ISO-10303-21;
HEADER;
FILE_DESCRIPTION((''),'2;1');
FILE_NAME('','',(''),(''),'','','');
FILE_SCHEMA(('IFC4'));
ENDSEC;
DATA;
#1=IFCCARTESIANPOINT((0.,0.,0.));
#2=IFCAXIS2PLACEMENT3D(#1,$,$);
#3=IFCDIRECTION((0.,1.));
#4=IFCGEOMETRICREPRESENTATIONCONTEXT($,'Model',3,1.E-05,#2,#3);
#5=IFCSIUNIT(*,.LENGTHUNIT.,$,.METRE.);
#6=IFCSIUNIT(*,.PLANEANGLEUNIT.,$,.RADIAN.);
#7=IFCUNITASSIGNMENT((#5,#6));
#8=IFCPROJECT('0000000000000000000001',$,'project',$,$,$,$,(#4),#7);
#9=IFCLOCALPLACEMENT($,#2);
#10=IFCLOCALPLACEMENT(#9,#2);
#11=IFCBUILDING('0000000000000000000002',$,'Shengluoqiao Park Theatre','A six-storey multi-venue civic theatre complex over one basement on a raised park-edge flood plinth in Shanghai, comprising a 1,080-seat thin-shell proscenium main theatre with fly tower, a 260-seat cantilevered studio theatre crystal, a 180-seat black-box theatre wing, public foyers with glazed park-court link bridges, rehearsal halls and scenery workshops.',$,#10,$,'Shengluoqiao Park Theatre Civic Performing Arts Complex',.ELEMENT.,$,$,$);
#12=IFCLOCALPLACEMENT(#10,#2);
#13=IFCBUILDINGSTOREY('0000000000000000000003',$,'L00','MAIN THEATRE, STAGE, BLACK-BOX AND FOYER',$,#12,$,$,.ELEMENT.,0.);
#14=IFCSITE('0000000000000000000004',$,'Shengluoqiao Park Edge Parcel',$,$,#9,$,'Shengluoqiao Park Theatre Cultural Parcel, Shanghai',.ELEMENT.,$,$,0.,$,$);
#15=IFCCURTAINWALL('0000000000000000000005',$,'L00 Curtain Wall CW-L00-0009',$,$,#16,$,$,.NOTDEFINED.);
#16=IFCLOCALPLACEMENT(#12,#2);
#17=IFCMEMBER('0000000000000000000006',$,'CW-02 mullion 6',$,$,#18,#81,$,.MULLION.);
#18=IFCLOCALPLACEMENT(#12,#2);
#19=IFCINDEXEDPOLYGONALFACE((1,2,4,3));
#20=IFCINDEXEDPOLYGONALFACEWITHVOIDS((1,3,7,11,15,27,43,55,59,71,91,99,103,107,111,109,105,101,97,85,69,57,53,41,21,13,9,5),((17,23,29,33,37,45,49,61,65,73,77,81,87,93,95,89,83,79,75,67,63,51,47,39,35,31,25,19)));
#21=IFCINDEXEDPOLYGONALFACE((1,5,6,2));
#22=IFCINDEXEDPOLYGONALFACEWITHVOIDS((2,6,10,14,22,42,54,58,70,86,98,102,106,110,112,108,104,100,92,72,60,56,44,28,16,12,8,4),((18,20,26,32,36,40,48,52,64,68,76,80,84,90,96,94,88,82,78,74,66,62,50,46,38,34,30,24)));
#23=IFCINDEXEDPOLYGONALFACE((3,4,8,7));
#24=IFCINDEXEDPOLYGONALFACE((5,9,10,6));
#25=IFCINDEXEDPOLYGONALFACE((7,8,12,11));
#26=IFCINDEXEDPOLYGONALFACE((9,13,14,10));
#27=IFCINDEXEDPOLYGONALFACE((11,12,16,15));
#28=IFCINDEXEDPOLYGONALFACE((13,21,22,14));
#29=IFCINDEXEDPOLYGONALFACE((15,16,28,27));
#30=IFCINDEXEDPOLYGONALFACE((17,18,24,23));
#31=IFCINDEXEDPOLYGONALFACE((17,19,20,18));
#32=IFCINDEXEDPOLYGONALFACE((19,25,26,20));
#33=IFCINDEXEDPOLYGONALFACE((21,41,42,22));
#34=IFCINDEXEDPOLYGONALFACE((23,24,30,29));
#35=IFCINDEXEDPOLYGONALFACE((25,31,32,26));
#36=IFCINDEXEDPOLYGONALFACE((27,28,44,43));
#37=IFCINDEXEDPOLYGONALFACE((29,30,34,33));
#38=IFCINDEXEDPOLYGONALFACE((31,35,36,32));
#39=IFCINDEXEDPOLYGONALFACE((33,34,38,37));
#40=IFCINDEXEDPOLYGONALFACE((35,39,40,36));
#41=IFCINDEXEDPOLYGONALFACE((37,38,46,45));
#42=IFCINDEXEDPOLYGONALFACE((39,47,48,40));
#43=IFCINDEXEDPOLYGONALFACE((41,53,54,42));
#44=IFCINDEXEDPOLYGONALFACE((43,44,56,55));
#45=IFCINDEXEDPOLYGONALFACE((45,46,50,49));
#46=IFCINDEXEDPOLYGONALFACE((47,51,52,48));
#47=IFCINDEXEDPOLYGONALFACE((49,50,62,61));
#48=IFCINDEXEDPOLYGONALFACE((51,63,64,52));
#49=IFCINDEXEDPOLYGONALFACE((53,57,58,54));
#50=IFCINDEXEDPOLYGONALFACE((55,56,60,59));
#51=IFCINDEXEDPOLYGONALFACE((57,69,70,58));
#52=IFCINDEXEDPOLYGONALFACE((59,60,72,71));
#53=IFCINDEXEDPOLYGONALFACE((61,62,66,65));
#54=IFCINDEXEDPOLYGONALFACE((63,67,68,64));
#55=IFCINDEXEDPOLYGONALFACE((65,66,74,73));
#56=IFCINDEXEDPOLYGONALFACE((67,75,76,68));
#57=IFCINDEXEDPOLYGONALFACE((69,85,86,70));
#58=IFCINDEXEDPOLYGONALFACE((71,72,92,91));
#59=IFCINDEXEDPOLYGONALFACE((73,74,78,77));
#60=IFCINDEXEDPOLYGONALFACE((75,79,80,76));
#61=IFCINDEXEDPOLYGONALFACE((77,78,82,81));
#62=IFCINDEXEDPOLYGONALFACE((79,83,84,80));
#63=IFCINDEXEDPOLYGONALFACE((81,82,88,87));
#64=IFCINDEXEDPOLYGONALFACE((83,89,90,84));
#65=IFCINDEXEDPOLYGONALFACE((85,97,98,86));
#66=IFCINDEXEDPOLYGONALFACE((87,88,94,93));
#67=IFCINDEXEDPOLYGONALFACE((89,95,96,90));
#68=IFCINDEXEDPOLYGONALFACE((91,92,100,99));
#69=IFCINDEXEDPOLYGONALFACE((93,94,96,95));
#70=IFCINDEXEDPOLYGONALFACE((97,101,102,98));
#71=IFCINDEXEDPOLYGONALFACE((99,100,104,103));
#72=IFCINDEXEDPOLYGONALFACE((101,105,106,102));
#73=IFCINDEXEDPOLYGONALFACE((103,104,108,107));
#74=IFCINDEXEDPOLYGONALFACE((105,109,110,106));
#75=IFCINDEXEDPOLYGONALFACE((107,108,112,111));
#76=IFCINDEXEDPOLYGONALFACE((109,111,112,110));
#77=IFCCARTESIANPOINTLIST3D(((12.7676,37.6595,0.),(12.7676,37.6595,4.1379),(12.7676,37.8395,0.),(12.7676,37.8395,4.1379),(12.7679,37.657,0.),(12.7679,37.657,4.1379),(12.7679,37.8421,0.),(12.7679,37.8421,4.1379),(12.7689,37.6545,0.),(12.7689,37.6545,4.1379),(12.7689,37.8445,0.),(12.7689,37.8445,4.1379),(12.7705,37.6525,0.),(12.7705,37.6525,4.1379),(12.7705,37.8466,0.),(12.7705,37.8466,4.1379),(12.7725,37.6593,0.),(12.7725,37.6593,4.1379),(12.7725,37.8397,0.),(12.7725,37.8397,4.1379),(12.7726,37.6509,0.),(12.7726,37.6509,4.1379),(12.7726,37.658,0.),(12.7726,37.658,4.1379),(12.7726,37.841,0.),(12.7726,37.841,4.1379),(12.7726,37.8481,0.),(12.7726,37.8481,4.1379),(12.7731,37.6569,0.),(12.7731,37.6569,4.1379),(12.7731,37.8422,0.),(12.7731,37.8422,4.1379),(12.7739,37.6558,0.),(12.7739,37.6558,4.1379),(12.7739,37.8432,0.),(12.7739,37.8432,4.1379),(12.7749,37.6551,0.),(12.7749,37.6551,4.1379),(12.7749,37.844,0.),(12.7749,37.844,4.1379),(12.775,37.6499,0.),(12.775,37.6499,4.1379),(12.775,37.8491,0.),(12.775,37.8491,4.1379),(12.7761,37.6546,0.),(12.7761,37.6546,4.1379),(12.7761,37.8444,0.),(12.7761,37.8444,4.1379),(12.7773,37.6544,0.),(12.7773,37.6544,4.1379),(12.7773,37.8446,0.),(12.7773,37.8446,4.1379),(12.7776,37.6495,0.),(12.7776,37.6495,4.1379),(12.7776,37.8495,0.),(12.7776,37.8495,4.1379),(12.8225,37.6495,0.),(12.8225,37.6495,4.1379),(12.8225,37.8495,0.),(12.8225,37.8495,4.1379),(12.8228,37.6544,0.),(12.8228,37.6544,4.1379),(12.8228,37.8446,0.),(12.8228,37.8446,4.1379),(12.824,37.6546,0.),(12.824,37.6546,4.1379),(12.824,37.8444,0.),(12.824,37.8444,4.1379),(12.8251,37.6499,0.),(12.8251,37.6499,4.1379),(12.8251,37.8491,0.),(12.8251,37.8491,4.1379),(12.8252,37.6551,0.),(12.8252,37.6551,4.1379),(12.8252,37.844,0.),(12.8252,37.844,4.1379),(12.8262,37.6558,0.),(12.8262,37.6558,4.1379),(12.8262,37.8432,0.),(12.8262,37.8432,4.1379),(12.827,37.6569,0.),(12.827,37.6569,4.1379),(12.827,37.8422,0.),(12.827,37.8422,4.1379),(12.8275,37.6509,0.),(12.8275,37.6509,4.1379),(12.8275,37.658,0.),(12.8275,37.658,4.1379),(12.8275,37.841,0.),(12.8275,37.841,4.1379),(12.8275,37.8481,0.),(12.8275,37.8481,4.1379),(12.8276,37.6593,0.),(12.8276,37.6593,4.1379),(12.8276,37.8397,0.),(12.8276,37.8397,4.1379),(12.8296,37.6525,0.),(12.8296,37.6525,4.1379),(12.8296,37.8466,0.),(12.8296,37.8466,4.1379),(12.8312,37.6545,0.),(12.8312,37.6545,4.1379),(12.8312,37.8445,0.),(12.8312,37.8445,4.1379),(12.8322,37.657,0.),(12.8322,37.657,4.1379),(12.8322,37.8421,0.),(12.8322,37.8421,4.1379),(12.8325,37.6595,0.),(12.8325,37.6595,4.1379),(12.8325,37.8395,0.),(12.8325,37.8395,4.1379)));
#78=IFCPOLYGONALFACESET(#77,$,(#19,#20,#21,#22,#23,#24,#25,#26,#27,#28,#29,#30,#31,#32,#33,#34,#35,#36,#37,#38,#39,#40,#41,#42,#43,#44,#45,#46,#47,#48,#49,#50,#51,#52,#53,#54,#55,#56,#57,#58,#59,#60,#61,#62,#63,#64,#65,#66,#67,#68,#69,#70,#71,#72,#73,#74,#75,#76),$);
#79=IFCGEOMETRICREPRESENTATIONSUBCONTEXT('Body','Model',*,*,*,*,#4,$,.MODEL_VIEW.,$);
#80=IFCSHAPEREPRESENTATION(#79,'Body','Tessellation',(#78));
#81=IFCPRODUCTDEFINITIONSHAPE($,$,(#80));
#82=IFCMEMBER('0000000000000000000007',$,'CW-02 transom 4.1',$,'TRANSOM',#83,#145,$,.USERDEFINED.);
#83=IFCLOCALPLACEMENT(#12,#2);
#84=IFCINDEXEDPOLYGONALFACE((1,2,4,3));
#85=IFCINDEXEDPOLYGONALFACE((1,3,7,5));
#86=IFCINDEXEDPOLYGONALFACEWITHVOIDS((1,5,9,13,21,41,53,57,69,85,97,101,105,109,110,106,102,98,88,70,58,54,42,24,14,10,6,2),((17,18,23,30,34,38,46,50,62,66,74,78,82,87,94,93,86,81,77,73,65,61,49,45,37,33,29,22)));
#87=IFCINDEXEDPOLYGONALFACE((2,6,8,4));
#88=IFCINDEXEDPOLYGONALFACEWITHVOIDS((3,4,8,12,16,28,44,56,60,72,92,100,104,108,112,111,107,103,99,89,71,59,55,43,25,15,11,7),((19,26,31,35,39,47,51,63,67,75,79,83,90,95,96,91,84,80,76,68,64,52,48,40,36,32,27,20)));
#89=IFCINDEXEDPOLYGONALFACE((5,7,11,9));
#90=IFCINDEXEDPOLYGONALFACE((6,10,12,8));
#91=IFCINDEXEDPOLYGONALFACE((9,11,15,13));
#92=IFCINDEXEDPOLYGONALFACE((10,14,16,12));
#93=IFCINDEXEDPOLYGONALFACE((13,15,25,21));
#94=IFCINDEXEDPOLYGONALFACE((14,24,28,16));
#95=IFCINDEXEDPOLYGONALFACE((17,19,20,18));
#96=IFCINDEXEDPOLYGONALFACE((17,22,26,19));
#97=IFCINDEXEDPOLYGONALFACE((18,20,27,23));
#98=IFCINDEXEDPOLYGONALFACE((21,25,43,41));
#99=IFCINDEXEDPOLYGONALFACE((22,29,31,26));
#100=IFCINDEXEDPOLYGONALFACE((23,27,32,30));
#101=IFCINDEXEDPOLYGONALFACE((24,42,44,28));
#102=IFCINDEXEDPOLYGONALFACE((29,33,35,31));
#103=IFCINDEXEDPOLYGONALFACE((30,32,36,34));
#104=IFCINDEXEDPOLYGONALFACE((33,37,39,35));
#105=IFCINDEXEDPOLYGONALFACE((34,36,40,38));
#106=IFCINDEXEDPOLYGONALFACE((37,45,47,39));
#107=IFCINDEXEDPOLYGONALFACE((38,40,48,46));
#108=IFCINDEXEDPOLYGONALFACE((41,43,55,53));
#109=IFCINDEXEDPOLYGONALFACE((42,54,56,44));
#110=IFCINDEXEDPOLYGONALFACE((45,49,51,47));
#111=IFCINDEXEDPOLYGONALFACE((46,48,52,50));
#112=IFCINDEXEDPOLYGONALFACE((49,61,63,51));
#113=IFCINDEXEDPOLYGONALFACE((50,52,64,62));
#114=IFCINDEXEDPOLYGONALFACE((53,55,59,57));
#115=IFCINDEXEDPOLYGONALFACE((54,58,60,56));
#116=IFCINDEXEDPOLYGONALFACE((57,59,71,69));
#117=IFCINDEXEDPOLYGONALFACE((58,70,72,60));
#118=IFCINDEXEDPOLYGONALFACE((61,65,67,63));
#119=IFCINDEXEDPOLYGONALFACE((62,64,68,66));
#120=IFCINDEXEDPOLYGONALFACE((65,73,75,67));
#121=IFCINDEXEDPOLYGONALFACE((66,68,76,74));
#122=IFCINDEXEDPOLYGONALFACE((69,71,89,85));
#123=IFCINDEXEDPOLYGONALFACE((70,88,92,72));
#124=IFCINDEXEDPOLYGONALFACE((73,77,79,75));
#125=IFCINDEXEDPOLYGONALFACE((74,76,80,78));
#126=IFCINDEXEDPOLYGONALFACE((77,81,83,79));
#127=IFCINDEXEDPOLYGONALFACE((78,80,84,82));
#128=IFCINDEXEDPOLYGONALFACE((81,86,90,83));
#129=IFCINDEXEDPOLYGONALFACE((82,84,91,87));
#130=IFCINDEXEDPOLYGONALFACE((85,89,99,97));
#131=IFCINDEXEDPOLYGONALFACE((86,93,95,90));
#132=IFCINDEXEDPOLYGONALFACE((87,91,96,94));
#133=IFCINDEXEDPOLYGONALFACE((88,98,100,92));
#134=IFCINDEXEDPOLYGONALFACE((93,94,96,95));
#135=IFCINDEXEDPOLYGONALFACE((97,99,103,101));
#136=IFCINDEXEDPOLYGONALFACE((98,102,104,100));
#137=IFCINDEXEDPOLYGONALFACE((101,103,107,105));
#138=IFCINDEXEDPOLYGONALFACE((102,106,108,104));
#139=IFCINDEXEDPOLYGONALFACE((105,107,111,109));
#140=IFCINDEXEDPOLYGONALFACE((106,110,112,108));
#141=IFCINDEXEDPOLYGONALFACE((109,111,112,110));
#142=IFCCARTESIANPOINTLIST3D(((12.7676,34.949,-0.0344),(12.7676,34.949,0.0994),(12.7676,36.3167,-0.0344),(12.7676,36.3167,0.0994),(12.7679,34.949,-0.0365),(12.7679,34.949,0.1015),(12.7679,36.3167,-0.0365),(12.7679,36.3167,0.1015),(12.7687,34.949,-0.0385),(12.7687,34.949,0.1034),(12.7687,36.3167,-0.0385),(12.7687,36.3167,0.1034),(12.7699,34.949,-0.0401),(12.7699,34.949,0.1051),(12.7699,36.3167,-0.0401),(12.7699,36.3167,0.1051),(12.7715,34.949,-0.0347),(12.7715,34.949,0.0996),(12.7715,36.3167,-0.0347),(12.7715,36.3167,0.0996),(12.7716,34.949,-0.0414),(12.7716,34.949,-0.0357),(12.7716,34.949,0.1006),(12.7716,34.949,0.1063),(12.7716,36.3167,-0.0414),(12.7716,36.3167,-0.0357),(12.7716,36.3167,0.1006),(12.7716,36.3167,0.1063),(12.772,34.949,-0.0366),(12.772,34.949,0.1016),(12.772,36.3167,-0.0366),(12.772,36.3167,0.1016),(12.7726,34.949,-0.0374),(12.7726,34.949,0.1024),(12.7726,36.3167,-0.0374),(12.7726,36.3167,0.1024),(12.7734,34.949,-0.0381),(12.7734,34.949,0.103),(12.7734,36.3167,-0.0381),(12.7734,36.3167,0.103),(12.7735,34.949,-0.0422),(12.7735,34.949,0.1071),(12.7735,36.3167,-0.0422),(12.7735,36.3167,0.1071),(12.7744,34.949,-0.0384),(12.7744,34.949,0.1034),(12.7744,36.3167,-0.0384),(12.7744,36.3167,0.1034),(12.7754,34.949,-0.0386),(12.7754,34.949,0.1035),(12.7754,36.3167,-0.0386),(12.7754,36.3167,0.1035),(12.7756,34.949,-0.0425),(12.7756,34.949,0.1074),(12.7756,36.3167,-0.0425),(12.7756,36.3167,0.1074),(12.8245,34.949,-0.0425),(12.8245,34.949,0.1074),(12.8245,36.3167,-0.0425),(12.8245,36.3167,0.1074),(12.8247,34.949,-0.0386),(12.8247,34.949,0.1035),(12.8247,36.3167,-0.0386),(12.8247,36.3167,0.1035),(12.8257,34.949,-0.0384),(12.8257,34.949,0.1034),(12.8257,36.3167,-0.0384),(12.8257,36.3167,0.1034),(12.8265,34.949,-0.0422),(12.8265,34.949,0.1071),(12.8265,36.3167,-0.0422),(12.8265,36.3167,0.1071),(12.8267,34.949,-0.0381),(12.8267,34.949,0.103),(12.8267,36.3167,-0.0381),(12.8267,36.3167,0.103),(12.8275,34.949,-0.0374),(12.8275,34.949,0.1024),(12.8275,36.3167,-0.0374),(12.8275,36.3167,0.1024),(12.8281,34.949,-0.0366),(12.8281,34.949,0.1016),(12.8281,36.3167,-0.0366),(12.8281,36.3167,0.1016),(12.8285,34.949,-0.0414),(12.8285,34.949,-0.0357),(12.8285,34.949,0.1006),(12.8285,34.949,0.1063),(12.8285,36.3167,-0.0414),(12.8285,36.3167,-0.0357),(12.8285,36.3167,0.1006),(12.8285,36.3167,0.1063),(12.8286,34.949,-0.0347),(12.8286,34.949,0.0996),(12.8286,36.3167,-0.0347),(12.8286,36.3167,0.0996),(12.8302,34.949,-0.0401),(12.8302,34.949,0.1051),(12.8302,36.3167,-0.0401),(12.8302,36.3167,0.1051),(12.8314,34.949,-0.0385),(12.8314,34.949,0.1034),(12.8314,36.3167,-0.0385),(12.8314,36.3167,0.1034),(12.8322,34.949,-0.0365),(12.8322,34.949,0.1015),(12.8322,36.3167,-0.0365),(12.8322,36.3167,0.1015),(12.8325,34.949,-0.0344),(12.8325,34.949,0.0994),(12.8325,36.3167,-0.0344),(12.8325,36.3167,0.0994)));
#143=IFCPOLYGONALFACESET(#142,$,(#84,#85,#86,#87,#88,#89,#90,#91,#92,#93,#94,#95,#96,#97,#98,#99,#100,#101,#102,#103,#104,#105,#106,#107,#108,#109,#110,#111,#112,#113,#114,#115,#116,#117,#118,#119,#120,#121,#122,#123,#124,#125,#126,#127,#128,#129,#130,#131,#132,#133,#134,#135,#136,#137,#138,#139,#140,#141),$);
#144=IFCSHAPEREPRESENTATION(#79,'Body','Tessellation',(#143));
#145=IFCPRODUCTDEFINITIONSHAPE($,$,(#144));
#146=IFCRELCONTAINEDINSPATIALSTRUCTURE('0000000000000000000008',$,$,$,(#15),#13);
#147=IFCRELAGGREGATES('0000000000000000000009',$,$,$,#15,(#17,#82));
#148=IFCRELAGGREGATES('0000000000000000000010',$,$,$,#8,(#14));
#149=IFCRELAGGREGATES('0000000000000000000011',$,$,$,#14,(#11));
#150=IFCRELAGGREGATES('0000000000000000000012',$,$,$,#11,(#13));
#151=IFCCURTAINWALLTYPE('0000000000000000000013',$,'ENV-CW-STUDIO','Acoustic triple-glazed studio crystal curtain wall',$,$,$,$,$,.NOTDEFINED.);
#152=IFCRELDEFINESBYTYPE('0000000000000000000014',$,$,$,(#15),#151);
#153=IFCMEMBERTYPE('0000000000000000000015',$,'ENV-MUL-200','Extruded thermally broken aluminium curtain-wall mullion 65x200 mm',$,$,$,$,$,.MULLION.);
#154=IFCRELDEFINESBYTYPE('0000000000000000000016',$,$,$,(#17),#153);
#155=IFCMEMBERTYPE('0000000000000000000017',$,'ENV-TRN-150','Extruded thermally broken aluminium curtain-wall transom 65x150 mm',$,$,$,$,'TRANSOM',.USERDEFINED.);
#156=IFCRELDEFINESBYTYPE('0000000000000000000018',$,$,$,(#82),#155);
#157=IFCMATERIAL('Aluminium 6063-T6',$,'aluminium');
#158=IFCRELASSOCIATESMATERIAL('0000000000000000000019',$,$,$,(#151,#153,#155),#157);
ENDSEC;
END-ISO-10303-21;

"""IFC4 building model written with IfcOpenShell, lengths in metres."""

from ifc_helpers import new_model, si_unit, direction, frame, origin, origin_2d, place, context, subcontext, project, spatial, hollow_rectangle, extrude, material, material_profile, profile_set, type_object, element, aggregate, save


model = new_model("IFC4")

# Units and contexts
model_context = context("Model", 3, precision=1e-05, world=origin(), true_north=direction((0.0, 1.0)))
body_context = subcontext(model_context, "Body", "Model", "MODEL_VIEW")
ifc_project = project(units=[si_unit("LENGTHUNIT", "METRE"), si_unit("PLANEANGLEUNIT", "RADIAN")], contexts=[model_context])

# Site, building, storey
site_placement = place(None, origin())
site = spatial("IfcSite", under=ifc_project, at=site_placement, Name="Shengluoqiao Park Edge Parcel", LongName="Shengluoqiao Park Theatre Cultural Parcel, Shanghai", CompositionType="ELEMENT", RefElevation=0.0)
building_placement = place(site_placement, origin())
building = spatial("IfcBuilding", under=site, at=building_placement, Name="Shengluoqiao Park Theatre", Description="A six-storey multi-venue civic theatre complex over one basement on a raised park-edge flood plinth in Shanghai, comprising a 1,080-seat thin-shell proscenium main theatre with fly tower, a 260-seat cantilevered studio theatre crystal, a 180-seat black-box theatre wing, public foyers with glazed park-court link bridges, rehearsal halls and scenery workshops.", LongName="Shengluoqiao Park Theatre Civic Performing Arts Complex", CompositionType="ELEMENT")
storey_placement = place(building_placement, origin())
storey = spatial("IfcBuildingStorey", under=building, at=storey_placement, Name="L00", Description="MAIN THEATRE, STAGE, BLACK-BOX AND FOYER", CompositionType="ELEMENT", Elevation=0.0)

# Curtain wall, members
ifc_material_1 = material(Name="Aluminium 6063-T6", Category="aluminium")
curtain_wall_type = type_object("IfcCurtainWallType", Name="ENV-CW-STUDIO", Description="Acoustic triple-glazed studio crystal curtain wall", PredefinedType="NOTDEFINED", material=ifc_material_1)
curtain_wall_placement = place(storey_placement, origin())
curtain_wall = element("IfcCurtainWall", 1, at=curtain_wall_placement, inside=storey, type_object=curtain_wall_type, Name="L00 Curtain Wall CW-L00-0009", PredefinedType="NOTDEFINED")
ifc_material_profile_1 = material_profile(ifc_material_1, hollow_rectangle(XDim=0.0649, YDim=0.2, WallThickness=0.0049, InnerFilletRadius=0.0049, OuterFilletRadius=0.01, at=origin_2d()), Name="ALU MULLION 200x65x5")
ifc_profile_set_1 = profile_set([ifc_material_profile_1], Name="Aluminium 6063-T6")
member_type_1 = type_object("IfcMemberType", Name="ENV-MUL-200", Description="Extruded thermally broken aluminium curtain-wall mullion 65x200 mm", PredefinedType="MULLION", material=ifc_profile_set_1)
member_1_placement = place(storey_placement, frame((12.8, 37.7495, 0.0), z_axis=(0.0, 0.0, 1.0), x_axis=(-1.0, 0.0, 0.0)))
member_1 = element("IfcMember", 2, at=member_1_placement, type_object=member_type_1, Name="CW-02 mullion 6", PredefinedType="MULLION", context=body_context, shape_type="SweptSolid", body=[
    extrude(hollow_rectangle(XDim=0.0649, YDim=0.2, WallThickness=0.0049, InnerFilletRadius=0.0049, OuterFilletRadius=0.01, at=origin_2d()), origin(), (0.0, 0.0, 1.0), 4.1379),
])
ifc_material_profile_2 = material_profile(ifc_material_1, hollow_rectangle(XDim=0.0649, YDim=0.1499, WallThickness=0.0039, InnerFilletRadius=0.0039, OuterFilletRadius=0.0081, at=origin_2d()), Name="ALU TRANSOM 150x65x4")
ifc_profile_set_2 = profile_set([ifc_material_profile_2], Name="Aluminium 6063-T6")
member_type_2 = type_object("IfcMemberType", Name="ENV-TRN-150", Description="Extruded thermally broken aluminium curtain-wall transom 65x150 mm", ElementType="TRANSOM", PredefinedType="USERDEFINED", material=ifc_profile_set_2)
member_2_placement = place(storey_placement, frame((12.8, 34.949, 0.0325), z_axis=(0.0, 1.0, 0.0), x_axis=(-1.0, 0.0, 0.0)))
member_2 = element("IfcMember", 3, at=member_2_placement, type_object=member_type_2, Name="CW-02 transom 4.1", ObjectType="TRANSOM", PredefinedType="USERDEFINED", context=body_context, shape_type="SweptSolid", body=[
    extrude(hollow_rectangle(XDim=0.0649, YDim=0.1499, WallThickness=0.0039, InnerFilletRadius=0.0039, OuterFilletRadius=0.0081, at=origin_2d()), origin(), (0.0, 0.0, 1.0), 1.3677),
])
aggregate(curtain_wall, [member_1, member_2])

save(model, "model.ifc")
